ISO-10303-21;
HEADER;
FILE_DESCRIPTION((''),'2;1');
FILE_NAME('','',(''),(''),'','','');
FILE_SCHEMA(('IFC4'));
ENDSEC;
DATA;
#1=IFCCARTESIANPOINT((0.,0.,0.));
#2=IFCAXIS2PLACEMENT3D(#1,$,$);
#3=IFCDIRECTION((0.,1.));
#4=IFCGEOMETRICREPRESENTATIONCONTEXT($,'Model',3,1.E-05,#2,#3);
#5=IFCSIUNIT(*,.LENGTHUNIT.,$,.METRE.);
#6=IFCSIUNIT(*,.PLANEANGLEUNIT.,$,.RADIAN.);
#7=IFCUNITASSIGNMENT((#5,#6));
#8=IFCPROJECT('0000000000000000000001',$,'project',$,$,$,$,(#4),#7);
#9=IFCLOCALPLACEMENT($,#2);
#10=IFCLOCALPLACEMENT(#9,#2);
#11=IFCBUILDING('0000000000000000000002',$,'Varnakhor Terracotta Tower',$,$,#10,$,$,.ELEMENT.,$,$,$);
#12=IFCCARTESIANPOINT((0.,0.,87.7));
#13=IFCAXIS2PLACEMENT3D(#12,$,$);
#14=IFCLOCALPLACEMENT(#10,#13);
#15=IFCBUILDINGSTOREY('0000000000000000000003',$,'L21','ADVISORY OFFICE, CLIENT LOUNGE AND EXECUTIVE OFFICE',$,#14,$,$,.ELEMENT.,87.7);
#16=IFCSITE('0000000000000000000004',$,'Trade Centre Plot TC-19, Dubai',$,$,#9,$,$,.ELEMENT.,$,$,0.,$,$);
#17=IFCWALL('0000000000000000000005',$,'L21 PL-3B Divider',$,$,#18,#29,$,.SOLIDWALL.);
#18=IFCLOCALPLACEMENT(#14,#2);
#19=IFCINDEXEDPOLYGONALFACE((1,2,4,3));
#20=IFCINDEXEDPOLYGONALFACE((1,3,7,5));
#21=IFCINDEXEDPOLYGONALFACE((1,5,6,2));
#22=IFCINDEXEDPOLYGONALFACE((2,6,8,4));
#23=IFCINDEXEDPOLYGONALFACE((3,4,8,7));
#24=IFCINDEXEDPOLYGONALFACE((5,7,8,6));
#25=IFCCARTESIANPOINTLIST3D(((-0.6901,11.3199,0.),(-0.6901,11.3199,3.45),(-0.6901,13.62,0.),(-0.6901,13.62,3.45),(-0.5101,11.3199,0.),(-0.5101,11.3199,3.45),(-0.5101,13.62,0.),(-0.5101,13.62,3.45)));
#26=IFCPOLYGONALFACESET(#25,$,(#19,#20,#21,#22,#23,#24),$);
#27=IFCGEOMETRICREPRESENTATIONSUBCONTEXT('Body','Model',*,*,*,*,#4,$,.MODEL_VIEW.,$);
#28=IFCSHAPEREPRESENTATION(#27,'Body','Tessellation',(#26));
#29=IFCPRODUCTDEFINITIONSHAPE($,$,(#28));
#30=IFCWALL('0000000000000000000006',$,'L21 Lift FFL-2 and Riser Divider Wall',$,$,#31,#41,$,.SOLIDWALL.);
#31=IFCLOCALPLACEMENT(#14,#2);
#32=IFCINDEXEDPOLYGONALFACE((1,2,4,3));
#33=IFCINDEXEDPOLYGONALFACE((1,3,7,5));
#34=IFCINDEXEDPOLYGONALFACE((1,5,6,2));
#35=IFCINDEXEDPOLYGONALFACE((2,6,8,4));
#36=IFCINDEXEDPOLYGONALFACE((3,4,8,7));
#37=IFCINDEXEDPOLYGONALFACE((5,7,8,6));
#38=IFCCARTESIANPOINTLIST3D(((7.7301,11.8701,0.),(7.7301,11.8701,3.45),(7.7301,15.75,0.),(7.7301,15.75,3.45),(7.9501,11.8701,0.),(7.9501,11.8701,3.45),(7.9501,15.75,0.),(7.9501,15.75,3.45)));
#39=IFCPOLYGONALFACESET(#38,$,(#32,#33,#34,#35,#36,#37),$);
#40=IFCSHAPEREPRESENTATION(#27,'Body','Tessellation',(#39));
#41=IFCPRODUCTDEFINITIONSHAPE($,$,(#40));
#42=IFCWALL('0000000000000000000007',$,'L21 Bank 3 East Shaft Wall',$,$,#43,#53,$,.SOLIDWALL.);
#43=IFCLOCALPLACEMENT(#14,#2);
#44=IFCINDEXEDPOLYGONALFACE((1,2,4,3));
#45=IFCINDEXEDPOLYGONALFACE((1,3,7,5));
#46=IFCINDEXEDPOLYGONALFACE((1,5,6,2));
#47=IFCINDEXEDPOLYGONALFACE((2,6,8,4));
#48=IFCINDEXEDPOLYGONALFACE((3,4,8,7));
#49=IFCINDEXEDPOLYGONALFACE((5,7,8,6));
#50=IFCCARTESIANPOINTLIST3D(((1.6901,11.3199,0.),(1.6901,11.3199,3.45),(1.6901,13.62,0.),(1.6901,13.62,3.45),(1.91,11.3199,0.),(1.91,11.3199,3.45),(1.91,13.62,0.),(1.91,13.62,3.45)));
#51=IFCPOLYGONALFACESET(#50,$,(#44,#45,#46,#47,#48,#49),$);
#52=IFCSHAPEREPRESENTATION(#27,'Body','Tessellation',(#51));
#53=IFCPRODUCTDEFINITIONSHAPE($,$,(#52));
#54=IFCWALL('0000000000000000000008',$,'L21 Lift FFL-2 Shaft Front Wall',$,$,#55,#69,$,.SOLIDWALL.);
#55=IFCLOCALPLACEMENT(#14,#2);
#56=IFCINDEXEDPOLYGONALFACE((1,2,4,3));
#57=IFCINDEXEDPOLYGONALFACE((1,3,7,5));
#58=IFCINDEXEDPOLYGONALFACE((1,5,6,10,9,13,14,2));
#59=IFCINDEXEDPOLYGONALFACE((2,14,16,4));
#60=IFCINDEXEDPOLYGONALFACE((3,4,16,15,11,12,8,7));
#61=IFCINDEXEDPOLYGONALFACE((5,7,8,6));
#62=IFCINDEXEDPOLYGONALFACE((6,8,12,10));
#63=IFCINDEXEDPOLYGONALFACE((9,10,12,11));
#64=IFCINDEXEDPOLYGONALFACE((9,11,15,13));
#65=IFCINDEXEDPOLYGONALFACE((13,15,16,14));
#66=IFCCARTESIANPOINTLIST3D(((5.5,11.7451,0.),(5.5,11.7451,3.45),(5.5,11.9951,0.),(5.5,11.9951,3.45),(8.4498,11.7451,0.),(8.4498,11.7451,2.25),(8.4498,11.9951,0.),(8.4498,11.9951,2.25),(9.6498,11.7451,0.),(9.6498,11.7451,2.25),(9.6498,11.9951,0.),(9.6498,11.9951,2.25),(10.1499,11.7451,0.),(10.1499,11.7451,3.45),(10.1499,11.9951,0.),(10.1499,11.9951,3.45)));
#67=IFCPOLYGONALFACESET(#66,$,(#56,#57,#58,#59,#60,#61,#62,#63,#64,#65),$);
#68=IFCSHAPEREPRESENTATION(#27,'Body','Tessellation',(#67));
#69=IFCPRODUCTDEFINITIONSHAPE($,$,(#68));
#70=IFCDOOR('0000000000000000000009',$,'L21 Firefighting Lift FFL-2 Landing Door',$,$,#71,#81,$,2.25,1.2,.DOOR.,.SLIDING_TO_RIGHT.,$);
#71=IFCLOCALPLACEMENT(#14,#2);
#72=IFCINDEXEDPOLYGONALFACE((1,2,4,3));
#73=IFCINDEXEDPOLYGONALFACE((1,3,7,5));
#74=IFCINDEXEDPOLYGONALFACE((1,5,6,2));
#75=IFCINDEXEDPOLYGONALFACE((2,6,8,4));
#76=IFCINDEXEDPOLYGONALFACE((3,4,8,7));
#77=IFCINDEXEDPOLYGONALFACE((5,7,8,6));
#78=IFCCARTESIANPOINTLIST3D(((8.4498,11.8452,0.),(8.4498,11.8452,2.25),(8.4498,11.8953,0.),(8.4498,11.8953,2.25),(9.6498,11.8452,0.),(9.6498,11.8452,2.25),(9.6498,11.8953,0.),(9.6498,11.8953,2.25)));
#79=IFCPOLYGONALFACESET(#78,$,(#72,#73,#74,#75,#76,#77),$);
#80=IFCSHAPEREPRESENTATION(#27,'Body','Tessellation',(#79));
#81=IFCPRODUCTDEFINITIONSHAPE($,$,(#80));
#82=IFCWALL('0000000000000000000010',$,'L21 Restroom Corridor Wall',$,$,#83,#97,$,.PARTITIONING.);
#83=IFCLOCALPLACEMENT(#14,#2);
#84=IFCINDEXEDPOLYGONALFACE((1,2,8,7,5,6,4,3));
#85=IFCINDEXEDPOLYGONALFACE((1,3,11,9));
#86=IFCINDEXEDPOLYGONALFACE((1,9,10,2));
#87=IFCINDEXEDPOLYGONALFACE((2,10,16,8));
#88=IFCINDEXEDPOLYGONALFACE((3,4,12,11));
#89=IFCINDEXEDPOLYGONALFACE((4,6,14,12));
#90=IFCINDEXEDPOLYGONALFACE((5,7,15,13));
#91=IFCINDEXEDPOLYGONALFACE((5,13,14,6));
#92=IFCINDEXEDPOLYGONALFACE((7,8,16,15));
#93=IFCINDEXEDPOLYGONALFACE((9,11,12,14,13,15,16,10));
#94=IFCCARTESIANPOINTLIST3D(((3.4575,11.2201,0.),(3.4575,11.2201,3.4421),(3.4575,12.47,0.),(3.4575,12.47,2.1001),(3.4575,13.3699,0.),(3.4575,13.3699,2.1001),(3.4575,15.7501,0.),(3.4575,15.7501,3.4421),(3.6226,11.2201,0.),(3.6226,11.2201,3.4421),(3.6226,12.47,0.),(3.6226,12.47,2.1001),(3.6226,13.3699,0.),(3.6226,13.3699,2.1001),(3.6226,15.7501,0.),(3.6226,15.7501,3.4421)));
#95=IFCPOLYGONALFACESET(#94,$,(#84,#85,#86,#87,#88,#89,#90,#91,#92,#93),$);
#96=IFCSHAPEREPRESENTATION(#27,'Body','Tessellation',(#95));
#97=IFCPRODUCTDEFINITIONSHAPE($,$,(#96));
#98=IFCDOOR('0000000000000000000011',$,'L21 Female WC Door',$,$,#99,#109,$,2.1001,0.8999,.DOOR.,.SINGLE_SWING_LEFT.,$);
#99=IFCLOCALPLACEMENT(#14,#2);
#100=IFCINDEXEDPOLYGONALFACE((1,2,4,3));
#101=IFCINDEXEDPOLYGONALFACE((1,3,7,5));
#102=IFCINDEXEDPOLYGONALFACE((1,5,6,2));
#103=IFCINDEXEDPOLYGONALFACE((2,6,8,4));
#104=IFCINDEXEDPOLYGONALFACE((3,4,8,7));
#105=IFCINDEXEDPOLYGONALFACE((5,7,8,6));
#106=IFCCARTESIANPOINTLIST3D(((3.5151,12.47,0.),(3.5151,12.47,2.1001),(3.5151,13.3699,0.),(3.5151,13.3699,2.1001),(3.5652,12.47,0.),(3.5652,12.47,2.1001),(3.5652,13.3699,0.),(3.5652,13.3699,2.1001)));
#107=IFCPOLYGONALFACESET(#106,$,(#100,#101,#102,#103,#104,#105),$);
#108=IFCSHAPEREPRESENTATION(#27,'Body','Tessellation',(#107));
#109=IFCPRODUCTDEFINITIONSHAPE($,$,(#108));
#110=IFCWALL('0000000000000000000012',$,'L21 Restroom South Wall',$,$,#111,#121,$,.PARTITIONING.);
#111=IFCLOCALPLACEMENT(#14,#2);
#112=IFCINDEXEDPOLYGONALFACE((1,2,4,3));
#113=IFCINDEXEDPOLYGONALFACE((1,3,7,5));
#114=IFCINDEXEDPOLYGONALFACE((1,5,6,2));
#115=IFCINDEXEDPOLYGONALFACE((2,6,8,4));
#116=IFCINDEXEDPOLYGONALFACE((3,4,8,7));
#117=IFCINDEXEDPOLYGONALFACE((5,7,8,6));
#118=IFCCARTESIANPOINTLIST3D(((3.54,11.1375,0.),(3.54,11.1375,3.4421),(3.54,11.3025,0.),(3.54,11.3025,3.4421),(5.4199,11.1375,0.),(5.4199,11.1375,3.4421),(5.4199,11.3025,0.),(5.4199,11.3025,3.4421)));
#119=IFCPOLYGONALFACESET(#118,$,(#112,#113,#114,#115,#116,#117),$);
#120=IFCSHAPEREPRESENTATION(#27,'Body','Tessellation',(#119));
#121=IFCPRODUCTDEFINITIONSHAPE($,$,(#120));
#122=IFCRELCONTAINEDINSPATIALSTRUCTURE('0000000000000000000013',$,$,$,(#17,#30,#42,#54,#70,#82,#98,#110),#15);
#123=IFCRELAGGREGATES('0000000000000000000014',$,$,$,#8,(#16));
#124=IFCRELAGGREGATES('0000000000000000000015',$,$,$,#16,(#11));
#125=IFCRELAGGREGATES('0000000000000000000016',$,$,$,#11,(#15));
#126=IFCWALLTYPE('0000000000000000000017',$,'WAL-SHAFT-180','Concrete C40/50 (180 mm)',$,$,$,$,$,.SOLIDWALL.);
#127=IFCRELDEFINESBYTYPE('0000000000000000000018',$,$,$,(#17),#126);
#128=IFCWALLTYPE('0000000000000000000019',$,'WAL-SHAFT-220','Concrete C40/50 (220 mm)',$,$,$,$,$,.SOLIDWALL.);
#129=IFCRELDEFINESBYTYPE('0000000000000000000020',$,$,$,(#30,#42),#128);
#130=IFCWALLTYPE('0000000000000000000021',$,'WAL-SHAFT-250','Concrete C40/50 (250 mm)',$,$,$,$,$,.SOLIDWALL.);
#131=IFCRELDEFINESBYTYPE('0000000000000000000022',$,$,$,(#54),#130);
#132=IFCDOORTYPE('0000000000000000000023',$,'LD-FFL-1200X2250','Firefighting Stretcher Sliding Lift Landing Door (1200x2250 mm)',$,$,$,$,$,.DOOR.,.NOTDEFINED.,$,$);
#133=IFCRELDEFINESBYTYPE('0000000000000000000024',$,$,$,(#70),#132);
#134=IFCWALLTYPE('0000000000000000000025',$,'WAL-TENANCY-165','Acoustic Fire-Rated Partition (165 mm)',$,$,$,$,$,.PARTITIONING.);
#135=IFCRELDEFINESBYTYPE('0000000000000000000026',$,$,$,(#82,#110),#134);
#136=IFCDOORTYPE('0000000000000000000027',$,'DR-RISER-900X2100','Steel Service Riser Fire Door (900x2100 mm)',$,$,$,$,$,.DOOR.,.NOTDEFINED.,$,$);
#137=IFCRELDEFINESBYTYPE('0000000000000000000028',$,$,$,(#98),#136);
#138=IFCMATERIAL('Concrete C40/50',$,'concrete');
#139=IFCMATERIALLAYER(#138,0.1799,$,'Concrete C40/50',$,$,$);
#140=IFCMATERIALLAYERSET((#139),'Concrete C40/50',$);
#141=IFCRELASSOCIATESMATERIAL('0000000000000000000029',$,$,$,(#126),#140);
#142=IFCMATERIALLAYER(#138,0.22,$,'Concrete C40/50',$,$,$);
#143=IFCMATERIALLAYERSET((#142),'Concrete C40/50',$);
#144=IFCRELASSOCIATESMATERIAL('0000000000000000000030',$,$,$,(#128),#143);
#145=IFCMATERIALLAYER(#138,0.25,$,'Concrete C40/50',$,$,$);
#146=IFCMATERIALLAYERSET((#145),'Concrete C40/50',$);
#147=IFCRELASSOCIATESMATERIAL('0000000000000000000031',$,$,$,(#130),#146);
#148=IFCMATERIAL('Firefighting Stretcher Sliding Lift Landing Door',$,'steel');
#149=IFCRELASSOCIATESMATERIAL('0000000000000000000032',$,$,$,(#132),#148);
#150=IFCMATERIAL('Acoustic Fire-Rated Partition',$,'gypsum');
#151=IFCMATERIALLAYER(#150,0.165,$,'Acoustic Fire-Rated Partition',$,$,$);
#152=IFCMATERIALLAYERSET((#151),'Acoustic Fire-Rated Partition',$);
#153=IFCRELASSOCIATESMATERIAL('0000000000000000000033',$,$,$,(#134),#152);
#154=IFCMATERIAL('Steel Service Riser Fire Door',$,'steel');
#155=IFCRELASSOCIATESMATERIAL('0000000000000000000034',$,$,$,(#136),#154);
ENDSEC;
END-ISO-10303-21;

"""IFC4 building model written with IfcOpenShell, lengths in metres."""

from ifc_helpers import new_model, si_unit, direction, frame, frame_2d, origin, place, context, subcontext, project, spatial, rectangle, extrude, source, transform, mapped, material, layer, layer_set, type_object, type_shapes, element, fill, save


model = new_model("IFC4")

# Units and contexts
model_context = context("Model", 3, precision=1e-05, world=origin(), true_north=direction((0.0, 1.0)))
body_context = subcontext(model_context, "Body", "Model", "MODEL_VIEW")
ifc_project = project(units=[si_unit("LENGTHUNIT", "METRE"), si_unit("PLANEANGLEUNIT", "RADIAN")], contexts=[model_context])

# Site, building, storey
site_placement = place(None, origin())
site = spatial("IfcSite", under=ifc_project, at=site_placement, Name="Trade Centre Plot TC-19, Dubai", CompositionType="ELEMENT", RefElevation=0.0)
building_placement = place(site_placement, origin())
building = spatial("IfcBuilding", under=site, at=building_placement, Name="Varnakhor Terracotta Tower", CompositionType="ELEMENT")
storey_placement = place(building_placement, frame((0.0, 0.0, 87.7)))
storey = spatial("IfcBuildingStorey", under=building, at=storey_placement, Name="L21", Description="ADVISORY OFFICE, CLIENT LOUNGE AND EXECUTIVE OFFICE", CompositionType="ELEMENT", Elevation=87.7)

# Walls
ifc_material_1 = material(Name="Concrete C40/50", Category="concrete")
ifc_layer_1 = layer(ifc_material_1, 0.1799, Name="Concrete C40/50")
ifc_layer_set_1 = layer_set([ifc_layer_1], Name="Concrete C40/50")
wall_type_1 = type_object("IfcWallType", Name="WAL-SHAFT-180", Description="Concrete C40/50 (180 mm)", PredefinedType="SOLIDWALL", material=ifc_layer_set_1)
wall_1_placement = place(storey_placement, frame((-0.6001, 11.3201, 0.0), z_axis=(0.0, 0.0, 1.0), x_axis=(0.0, 1.0, 0.0)))
element("IfcWall", 1, at=wall_1_placement, inside=storey, type_object=wall_type_1, Name="L21 PL-3B Divider", PredefinedType="SOLIDWALL", context=body_context, shape_type="SweptSolid", body=[
    extrude(rectangle(XDim=2.3, YDim=0.1799, at=frame_2d((1.1499, 0.0))), origin(), (0.0, 0.0, 1.0), 3.45),
])
ifc_layer_2 = layer(ifc_material_1, 0.22, Name="Concrete C40/50")
ifc_layer_set_2 = layer_set([ifc_layer_2], Name="Concrete C40/50")
wall_type_2 = type_object("IfcWallType", Name="WAL-SHAFT-220", Description="Concrete C40/50 (220 mm)", PredefinedType="SOLIDWALL", material=ifc_layer_set_2)
wall_2_placement = place(storey_placement, frame((7.8401, 11.8701, 0.0), z_axis=(0.0, 0.0, 1.0), x_axis=(0.0, 1.0, 0.0)))
element("IfcWall", 2, at=wall_2_placement, inside=storey, type_object=wall_type_2, Name="L21 Lift FFL-2 and Riser Divider Wall", PredefinedType="SOLIDWALL", context=body_context, shape_type="SweptSolid", body=[
    extrude(rectangle(XDim=3.8799, YDim=0.22, at=frame_2d((1.9399, 0.0))), origin(), (0.0, 0.0, 1.0), 3.45),
])
wall_3_placement = place(storey_placement, frame((1.8, 11.3201, 0.0), z_axis=(0.0, 0.0, 1.0), x_axis=(0.0, 1.0, 0.0)))
element("IfcWall", 3, at=wall_3_placement, inside=storey, type_object=wall_type_2, Name="L21 Bank 3 East Shaft Wall", PredefinedType="SOLIDWALL", context=body_context, shape_type="SweptSolid", body=[
    extrude(rectangle(XDim=2.3, YDim=0.22, at=frame_2d((1.1499, 0.0))), origin(), (0.0, 0.0, 1.0), 3.45),
])

# Walls, openings, doors
ifc_layer_3 = layer(ifc_material_1, 0.25, Name="Concrete C40/50")
ifc_layer_set_3 = layer_set([ifc_layer_3], Name="Concrete C40/50")
wall_type_3 = type_object("IfcWallType", Name="WAL-SHAFT-250", Description="Concrete C40/50 (250 mm)", PredefinedType="SOLIDWALL", material=ifc_layer_set_3)
wall_4_placement = place(storey_placement, frame((10.1499, 11.8701, 0.0), z_axis=(0.0, 0.0, 1.0), x_axis=(-1.0, 0.0, 0.0)))
wall_4 = element("IfcWall", 4, at=wall_4_placement, inside=storey, type_object=wall_type_3, Name="L21 Lift FFL-2 Shaft Front Wall", PredefinedType="SOLIDWALL", context=body_context, shape_type="SweptSolid", body=[
    extrude(rectangle(XDim=4.6499, YDim=0.25, at=frame_2d((2.325, 0.0))), origin(), (0.0, 0.0, 1.0), 3.45),
])
opening_1_placement = place(wall_4_placement, frame((0.5, 0.0, 0.0)))
opening_1 = element("IfcOpeningElement", 5, at=opening_1_placement, cuts=wall_4, PredefinedType="OPENING", context=body_context, shape_type="SweptSolid", body=[
    extrude(rectangle(XDim=1.2, YDim=2.25, at=frame_2d((0.6001, 1.125))), frame((0.0, 0.135, 0.0), z_axis=(0.0, -1.0, 0.0), x_axis=(1.0, 0.0, 0.0)), (0.0, 0.0, 1.0), 0.27),
])
ifc_material_2 = material(Name="Firefighting Stretcher Sliding Lift Landing Door", Category="steel")
door_type_1 = type_object("IfcDoorType", Name="LD-FFL-1200X2250", Description="Firefighting Stretcher Sliding Lift Landing Door (1200x2250 mm)", OperationType="NOTDEFINED", PredefinedType="DOOR", material=ifc_material_2)
shared_shape_1 = source(origin(), body_context, "Body", "SweptSolid", [
    extrude(rectangle(XDim=1.2, YDim=2.25, at=frame_2d((0.6001, 1.125))), frame((0.0, 0.0249, 0.0), z_axis=(0.0, -1.0, 0.0), x_axis=(1.0, 0.0, 0.0)), (0.0, 0.0, 1.0), 0.05),
])
type_shapes(door_type_1, [shared_shape_1])
door_1_placement = place(opening_1_placement, origin())
door_1 = element("IfcDoor", 6, at=door_1_placement, inside=storey, type_object=door_type_1, Name="L21 Firefighting Lift FFL-2 Landing Door", OperationType="SLIDING_TO_RIGHT", OverallHeight=2.25, OverallWidth=1.2, PredefinedType="DOOR", context=body_context, shape_type="MappedRepresentation", body=[
    mapped(shared_shape_1, transform((0.0, 0.0, 0.0), scale=1.0)),
])
fill(opening_1, door_1)
ifc_material_3 = material(Name="Acoustic Fire-Rated Partition", Category="gypsum")
ifc_layer_4 = layer(ifc_material_3, 0.165, Name="Acoustic Fire-Rated Partition")
ifc_layer_set_4 = layer_set([ifc_layer_4], Name="Acoustic Fire-Rated Partition")
wall_type_4 = type_object("IfcWallType", Name="WAL-TENANCY-165", Description="Acoustic Fire-Rated Partition (165 mm)", PredefinedType="PARTITIONING", material=ifc_layer_set_4)
wall_5_placement = place(storey_placement, frame((3.54, 11.22, 0.0), z_axis=(0.0, 0.0, 1.0), x_axis=(0.0, 1.0, 0.0)))
wall_5 = element("IfcWall", 7, at=wall_5_placement, inside=storey, type_object=wall_type_4, Name="L21 Restroom Corridor Wall", PredefinedType="PARTITIONING", context=body_context, shape_type="SweptSolid", body=[
    extrude(rectangle(XDim=4.53, YDim=0.165, at=frame_2d((2.2651, 0.0))), origin(), (0.0, 0.0, 1.0), 3.4421),
])
opening_2_placement = place(wall_5_placement, frame((1.25, 0.0, 0.0)))
opening_2 = element("IfcOpeningElement", 8, at=opening_2_placement, cuts=wall_5, PredefinedType="OPENING", context=body_context, shape_type="SweptSolid", body=[
    extrude(rectangle(XDim=0.8999, YDim=2.1001, at=frame_2d((0.45, 1.05))), frame((0.0, 0.0925, 0.0), z_axis=(0.0, -1.0, 0.0), x_axis=(1.0, 0.0, 0.0)), (0.0, 0.0, 1.0), 0.1851),
])
ifc_material_4 = material(Name="Steel Service Riser Fire Door", Category="steel")
door_type_2 = type_object("IfcDoorType", Name="DR-RISER-900X2100", Description="Steel Service Riser Fire Door (900x2100 mm)", OperationType="NOTDEFINED", PredefinedType="DOOR", material=ifc_material_4)
shared_shape_2 = source(origin(), body_context, "Body", "SweptSolid", [
    extrude(rectangle(XDim=0.8999, YDim=2.1001, at=frame_2d((0.45, 1.05))), frame((0.0, 0.0249, 0.0), z_axis=(0.0, -1.0, 0.0), x_axis=(1.0, 0.0, 0.0)), (0.0, 0.0, 1.0), 0.05),
])
type_shapes(door_type_2, [shared_shape_2])
door_2_placement = place(opening_2_placement, origin())
door_2 = element("IfcDoor", 9, at=door_2_placement, inside=storey, type_object=door_type_2, Name="L21 Female WC Door", OperationType="SINGLE_SWING_LEFT", OverallHeight=2.1001, OverallWidth=0.8999, PredefinedType="DOOR", context=body_context, shape_type="MappedRepresentation", body=[
    mapped(shared_shape_2, transform((0.0, 0.0, 0.0), scale=1.0)),
])
fill(opening_2, door_2)

# Wall
wall_6_placement = place(storey_placement, frame((3.54, 11.22, 0.0), z_axis=(0.0, 0.0, 1.0), x_axis=(1.0, 0.0, 0.0)))
element("IfcWall", 10, at=wall_6_placement, inside=storey, type_object=wall_type_4, Name="L21 Restroom South Wall", PredefinedType="PARTITIONING", context=body_context, shape_type="SweptSolid", body=[
    extrude(rectangle(XDim=1.8799, YDim=0.165, at=frame_2d((0.9399, 0.0))), origin(), (0.0, 0.0, 1.0), 3.4421),
])

save(model, "model.ifc")
